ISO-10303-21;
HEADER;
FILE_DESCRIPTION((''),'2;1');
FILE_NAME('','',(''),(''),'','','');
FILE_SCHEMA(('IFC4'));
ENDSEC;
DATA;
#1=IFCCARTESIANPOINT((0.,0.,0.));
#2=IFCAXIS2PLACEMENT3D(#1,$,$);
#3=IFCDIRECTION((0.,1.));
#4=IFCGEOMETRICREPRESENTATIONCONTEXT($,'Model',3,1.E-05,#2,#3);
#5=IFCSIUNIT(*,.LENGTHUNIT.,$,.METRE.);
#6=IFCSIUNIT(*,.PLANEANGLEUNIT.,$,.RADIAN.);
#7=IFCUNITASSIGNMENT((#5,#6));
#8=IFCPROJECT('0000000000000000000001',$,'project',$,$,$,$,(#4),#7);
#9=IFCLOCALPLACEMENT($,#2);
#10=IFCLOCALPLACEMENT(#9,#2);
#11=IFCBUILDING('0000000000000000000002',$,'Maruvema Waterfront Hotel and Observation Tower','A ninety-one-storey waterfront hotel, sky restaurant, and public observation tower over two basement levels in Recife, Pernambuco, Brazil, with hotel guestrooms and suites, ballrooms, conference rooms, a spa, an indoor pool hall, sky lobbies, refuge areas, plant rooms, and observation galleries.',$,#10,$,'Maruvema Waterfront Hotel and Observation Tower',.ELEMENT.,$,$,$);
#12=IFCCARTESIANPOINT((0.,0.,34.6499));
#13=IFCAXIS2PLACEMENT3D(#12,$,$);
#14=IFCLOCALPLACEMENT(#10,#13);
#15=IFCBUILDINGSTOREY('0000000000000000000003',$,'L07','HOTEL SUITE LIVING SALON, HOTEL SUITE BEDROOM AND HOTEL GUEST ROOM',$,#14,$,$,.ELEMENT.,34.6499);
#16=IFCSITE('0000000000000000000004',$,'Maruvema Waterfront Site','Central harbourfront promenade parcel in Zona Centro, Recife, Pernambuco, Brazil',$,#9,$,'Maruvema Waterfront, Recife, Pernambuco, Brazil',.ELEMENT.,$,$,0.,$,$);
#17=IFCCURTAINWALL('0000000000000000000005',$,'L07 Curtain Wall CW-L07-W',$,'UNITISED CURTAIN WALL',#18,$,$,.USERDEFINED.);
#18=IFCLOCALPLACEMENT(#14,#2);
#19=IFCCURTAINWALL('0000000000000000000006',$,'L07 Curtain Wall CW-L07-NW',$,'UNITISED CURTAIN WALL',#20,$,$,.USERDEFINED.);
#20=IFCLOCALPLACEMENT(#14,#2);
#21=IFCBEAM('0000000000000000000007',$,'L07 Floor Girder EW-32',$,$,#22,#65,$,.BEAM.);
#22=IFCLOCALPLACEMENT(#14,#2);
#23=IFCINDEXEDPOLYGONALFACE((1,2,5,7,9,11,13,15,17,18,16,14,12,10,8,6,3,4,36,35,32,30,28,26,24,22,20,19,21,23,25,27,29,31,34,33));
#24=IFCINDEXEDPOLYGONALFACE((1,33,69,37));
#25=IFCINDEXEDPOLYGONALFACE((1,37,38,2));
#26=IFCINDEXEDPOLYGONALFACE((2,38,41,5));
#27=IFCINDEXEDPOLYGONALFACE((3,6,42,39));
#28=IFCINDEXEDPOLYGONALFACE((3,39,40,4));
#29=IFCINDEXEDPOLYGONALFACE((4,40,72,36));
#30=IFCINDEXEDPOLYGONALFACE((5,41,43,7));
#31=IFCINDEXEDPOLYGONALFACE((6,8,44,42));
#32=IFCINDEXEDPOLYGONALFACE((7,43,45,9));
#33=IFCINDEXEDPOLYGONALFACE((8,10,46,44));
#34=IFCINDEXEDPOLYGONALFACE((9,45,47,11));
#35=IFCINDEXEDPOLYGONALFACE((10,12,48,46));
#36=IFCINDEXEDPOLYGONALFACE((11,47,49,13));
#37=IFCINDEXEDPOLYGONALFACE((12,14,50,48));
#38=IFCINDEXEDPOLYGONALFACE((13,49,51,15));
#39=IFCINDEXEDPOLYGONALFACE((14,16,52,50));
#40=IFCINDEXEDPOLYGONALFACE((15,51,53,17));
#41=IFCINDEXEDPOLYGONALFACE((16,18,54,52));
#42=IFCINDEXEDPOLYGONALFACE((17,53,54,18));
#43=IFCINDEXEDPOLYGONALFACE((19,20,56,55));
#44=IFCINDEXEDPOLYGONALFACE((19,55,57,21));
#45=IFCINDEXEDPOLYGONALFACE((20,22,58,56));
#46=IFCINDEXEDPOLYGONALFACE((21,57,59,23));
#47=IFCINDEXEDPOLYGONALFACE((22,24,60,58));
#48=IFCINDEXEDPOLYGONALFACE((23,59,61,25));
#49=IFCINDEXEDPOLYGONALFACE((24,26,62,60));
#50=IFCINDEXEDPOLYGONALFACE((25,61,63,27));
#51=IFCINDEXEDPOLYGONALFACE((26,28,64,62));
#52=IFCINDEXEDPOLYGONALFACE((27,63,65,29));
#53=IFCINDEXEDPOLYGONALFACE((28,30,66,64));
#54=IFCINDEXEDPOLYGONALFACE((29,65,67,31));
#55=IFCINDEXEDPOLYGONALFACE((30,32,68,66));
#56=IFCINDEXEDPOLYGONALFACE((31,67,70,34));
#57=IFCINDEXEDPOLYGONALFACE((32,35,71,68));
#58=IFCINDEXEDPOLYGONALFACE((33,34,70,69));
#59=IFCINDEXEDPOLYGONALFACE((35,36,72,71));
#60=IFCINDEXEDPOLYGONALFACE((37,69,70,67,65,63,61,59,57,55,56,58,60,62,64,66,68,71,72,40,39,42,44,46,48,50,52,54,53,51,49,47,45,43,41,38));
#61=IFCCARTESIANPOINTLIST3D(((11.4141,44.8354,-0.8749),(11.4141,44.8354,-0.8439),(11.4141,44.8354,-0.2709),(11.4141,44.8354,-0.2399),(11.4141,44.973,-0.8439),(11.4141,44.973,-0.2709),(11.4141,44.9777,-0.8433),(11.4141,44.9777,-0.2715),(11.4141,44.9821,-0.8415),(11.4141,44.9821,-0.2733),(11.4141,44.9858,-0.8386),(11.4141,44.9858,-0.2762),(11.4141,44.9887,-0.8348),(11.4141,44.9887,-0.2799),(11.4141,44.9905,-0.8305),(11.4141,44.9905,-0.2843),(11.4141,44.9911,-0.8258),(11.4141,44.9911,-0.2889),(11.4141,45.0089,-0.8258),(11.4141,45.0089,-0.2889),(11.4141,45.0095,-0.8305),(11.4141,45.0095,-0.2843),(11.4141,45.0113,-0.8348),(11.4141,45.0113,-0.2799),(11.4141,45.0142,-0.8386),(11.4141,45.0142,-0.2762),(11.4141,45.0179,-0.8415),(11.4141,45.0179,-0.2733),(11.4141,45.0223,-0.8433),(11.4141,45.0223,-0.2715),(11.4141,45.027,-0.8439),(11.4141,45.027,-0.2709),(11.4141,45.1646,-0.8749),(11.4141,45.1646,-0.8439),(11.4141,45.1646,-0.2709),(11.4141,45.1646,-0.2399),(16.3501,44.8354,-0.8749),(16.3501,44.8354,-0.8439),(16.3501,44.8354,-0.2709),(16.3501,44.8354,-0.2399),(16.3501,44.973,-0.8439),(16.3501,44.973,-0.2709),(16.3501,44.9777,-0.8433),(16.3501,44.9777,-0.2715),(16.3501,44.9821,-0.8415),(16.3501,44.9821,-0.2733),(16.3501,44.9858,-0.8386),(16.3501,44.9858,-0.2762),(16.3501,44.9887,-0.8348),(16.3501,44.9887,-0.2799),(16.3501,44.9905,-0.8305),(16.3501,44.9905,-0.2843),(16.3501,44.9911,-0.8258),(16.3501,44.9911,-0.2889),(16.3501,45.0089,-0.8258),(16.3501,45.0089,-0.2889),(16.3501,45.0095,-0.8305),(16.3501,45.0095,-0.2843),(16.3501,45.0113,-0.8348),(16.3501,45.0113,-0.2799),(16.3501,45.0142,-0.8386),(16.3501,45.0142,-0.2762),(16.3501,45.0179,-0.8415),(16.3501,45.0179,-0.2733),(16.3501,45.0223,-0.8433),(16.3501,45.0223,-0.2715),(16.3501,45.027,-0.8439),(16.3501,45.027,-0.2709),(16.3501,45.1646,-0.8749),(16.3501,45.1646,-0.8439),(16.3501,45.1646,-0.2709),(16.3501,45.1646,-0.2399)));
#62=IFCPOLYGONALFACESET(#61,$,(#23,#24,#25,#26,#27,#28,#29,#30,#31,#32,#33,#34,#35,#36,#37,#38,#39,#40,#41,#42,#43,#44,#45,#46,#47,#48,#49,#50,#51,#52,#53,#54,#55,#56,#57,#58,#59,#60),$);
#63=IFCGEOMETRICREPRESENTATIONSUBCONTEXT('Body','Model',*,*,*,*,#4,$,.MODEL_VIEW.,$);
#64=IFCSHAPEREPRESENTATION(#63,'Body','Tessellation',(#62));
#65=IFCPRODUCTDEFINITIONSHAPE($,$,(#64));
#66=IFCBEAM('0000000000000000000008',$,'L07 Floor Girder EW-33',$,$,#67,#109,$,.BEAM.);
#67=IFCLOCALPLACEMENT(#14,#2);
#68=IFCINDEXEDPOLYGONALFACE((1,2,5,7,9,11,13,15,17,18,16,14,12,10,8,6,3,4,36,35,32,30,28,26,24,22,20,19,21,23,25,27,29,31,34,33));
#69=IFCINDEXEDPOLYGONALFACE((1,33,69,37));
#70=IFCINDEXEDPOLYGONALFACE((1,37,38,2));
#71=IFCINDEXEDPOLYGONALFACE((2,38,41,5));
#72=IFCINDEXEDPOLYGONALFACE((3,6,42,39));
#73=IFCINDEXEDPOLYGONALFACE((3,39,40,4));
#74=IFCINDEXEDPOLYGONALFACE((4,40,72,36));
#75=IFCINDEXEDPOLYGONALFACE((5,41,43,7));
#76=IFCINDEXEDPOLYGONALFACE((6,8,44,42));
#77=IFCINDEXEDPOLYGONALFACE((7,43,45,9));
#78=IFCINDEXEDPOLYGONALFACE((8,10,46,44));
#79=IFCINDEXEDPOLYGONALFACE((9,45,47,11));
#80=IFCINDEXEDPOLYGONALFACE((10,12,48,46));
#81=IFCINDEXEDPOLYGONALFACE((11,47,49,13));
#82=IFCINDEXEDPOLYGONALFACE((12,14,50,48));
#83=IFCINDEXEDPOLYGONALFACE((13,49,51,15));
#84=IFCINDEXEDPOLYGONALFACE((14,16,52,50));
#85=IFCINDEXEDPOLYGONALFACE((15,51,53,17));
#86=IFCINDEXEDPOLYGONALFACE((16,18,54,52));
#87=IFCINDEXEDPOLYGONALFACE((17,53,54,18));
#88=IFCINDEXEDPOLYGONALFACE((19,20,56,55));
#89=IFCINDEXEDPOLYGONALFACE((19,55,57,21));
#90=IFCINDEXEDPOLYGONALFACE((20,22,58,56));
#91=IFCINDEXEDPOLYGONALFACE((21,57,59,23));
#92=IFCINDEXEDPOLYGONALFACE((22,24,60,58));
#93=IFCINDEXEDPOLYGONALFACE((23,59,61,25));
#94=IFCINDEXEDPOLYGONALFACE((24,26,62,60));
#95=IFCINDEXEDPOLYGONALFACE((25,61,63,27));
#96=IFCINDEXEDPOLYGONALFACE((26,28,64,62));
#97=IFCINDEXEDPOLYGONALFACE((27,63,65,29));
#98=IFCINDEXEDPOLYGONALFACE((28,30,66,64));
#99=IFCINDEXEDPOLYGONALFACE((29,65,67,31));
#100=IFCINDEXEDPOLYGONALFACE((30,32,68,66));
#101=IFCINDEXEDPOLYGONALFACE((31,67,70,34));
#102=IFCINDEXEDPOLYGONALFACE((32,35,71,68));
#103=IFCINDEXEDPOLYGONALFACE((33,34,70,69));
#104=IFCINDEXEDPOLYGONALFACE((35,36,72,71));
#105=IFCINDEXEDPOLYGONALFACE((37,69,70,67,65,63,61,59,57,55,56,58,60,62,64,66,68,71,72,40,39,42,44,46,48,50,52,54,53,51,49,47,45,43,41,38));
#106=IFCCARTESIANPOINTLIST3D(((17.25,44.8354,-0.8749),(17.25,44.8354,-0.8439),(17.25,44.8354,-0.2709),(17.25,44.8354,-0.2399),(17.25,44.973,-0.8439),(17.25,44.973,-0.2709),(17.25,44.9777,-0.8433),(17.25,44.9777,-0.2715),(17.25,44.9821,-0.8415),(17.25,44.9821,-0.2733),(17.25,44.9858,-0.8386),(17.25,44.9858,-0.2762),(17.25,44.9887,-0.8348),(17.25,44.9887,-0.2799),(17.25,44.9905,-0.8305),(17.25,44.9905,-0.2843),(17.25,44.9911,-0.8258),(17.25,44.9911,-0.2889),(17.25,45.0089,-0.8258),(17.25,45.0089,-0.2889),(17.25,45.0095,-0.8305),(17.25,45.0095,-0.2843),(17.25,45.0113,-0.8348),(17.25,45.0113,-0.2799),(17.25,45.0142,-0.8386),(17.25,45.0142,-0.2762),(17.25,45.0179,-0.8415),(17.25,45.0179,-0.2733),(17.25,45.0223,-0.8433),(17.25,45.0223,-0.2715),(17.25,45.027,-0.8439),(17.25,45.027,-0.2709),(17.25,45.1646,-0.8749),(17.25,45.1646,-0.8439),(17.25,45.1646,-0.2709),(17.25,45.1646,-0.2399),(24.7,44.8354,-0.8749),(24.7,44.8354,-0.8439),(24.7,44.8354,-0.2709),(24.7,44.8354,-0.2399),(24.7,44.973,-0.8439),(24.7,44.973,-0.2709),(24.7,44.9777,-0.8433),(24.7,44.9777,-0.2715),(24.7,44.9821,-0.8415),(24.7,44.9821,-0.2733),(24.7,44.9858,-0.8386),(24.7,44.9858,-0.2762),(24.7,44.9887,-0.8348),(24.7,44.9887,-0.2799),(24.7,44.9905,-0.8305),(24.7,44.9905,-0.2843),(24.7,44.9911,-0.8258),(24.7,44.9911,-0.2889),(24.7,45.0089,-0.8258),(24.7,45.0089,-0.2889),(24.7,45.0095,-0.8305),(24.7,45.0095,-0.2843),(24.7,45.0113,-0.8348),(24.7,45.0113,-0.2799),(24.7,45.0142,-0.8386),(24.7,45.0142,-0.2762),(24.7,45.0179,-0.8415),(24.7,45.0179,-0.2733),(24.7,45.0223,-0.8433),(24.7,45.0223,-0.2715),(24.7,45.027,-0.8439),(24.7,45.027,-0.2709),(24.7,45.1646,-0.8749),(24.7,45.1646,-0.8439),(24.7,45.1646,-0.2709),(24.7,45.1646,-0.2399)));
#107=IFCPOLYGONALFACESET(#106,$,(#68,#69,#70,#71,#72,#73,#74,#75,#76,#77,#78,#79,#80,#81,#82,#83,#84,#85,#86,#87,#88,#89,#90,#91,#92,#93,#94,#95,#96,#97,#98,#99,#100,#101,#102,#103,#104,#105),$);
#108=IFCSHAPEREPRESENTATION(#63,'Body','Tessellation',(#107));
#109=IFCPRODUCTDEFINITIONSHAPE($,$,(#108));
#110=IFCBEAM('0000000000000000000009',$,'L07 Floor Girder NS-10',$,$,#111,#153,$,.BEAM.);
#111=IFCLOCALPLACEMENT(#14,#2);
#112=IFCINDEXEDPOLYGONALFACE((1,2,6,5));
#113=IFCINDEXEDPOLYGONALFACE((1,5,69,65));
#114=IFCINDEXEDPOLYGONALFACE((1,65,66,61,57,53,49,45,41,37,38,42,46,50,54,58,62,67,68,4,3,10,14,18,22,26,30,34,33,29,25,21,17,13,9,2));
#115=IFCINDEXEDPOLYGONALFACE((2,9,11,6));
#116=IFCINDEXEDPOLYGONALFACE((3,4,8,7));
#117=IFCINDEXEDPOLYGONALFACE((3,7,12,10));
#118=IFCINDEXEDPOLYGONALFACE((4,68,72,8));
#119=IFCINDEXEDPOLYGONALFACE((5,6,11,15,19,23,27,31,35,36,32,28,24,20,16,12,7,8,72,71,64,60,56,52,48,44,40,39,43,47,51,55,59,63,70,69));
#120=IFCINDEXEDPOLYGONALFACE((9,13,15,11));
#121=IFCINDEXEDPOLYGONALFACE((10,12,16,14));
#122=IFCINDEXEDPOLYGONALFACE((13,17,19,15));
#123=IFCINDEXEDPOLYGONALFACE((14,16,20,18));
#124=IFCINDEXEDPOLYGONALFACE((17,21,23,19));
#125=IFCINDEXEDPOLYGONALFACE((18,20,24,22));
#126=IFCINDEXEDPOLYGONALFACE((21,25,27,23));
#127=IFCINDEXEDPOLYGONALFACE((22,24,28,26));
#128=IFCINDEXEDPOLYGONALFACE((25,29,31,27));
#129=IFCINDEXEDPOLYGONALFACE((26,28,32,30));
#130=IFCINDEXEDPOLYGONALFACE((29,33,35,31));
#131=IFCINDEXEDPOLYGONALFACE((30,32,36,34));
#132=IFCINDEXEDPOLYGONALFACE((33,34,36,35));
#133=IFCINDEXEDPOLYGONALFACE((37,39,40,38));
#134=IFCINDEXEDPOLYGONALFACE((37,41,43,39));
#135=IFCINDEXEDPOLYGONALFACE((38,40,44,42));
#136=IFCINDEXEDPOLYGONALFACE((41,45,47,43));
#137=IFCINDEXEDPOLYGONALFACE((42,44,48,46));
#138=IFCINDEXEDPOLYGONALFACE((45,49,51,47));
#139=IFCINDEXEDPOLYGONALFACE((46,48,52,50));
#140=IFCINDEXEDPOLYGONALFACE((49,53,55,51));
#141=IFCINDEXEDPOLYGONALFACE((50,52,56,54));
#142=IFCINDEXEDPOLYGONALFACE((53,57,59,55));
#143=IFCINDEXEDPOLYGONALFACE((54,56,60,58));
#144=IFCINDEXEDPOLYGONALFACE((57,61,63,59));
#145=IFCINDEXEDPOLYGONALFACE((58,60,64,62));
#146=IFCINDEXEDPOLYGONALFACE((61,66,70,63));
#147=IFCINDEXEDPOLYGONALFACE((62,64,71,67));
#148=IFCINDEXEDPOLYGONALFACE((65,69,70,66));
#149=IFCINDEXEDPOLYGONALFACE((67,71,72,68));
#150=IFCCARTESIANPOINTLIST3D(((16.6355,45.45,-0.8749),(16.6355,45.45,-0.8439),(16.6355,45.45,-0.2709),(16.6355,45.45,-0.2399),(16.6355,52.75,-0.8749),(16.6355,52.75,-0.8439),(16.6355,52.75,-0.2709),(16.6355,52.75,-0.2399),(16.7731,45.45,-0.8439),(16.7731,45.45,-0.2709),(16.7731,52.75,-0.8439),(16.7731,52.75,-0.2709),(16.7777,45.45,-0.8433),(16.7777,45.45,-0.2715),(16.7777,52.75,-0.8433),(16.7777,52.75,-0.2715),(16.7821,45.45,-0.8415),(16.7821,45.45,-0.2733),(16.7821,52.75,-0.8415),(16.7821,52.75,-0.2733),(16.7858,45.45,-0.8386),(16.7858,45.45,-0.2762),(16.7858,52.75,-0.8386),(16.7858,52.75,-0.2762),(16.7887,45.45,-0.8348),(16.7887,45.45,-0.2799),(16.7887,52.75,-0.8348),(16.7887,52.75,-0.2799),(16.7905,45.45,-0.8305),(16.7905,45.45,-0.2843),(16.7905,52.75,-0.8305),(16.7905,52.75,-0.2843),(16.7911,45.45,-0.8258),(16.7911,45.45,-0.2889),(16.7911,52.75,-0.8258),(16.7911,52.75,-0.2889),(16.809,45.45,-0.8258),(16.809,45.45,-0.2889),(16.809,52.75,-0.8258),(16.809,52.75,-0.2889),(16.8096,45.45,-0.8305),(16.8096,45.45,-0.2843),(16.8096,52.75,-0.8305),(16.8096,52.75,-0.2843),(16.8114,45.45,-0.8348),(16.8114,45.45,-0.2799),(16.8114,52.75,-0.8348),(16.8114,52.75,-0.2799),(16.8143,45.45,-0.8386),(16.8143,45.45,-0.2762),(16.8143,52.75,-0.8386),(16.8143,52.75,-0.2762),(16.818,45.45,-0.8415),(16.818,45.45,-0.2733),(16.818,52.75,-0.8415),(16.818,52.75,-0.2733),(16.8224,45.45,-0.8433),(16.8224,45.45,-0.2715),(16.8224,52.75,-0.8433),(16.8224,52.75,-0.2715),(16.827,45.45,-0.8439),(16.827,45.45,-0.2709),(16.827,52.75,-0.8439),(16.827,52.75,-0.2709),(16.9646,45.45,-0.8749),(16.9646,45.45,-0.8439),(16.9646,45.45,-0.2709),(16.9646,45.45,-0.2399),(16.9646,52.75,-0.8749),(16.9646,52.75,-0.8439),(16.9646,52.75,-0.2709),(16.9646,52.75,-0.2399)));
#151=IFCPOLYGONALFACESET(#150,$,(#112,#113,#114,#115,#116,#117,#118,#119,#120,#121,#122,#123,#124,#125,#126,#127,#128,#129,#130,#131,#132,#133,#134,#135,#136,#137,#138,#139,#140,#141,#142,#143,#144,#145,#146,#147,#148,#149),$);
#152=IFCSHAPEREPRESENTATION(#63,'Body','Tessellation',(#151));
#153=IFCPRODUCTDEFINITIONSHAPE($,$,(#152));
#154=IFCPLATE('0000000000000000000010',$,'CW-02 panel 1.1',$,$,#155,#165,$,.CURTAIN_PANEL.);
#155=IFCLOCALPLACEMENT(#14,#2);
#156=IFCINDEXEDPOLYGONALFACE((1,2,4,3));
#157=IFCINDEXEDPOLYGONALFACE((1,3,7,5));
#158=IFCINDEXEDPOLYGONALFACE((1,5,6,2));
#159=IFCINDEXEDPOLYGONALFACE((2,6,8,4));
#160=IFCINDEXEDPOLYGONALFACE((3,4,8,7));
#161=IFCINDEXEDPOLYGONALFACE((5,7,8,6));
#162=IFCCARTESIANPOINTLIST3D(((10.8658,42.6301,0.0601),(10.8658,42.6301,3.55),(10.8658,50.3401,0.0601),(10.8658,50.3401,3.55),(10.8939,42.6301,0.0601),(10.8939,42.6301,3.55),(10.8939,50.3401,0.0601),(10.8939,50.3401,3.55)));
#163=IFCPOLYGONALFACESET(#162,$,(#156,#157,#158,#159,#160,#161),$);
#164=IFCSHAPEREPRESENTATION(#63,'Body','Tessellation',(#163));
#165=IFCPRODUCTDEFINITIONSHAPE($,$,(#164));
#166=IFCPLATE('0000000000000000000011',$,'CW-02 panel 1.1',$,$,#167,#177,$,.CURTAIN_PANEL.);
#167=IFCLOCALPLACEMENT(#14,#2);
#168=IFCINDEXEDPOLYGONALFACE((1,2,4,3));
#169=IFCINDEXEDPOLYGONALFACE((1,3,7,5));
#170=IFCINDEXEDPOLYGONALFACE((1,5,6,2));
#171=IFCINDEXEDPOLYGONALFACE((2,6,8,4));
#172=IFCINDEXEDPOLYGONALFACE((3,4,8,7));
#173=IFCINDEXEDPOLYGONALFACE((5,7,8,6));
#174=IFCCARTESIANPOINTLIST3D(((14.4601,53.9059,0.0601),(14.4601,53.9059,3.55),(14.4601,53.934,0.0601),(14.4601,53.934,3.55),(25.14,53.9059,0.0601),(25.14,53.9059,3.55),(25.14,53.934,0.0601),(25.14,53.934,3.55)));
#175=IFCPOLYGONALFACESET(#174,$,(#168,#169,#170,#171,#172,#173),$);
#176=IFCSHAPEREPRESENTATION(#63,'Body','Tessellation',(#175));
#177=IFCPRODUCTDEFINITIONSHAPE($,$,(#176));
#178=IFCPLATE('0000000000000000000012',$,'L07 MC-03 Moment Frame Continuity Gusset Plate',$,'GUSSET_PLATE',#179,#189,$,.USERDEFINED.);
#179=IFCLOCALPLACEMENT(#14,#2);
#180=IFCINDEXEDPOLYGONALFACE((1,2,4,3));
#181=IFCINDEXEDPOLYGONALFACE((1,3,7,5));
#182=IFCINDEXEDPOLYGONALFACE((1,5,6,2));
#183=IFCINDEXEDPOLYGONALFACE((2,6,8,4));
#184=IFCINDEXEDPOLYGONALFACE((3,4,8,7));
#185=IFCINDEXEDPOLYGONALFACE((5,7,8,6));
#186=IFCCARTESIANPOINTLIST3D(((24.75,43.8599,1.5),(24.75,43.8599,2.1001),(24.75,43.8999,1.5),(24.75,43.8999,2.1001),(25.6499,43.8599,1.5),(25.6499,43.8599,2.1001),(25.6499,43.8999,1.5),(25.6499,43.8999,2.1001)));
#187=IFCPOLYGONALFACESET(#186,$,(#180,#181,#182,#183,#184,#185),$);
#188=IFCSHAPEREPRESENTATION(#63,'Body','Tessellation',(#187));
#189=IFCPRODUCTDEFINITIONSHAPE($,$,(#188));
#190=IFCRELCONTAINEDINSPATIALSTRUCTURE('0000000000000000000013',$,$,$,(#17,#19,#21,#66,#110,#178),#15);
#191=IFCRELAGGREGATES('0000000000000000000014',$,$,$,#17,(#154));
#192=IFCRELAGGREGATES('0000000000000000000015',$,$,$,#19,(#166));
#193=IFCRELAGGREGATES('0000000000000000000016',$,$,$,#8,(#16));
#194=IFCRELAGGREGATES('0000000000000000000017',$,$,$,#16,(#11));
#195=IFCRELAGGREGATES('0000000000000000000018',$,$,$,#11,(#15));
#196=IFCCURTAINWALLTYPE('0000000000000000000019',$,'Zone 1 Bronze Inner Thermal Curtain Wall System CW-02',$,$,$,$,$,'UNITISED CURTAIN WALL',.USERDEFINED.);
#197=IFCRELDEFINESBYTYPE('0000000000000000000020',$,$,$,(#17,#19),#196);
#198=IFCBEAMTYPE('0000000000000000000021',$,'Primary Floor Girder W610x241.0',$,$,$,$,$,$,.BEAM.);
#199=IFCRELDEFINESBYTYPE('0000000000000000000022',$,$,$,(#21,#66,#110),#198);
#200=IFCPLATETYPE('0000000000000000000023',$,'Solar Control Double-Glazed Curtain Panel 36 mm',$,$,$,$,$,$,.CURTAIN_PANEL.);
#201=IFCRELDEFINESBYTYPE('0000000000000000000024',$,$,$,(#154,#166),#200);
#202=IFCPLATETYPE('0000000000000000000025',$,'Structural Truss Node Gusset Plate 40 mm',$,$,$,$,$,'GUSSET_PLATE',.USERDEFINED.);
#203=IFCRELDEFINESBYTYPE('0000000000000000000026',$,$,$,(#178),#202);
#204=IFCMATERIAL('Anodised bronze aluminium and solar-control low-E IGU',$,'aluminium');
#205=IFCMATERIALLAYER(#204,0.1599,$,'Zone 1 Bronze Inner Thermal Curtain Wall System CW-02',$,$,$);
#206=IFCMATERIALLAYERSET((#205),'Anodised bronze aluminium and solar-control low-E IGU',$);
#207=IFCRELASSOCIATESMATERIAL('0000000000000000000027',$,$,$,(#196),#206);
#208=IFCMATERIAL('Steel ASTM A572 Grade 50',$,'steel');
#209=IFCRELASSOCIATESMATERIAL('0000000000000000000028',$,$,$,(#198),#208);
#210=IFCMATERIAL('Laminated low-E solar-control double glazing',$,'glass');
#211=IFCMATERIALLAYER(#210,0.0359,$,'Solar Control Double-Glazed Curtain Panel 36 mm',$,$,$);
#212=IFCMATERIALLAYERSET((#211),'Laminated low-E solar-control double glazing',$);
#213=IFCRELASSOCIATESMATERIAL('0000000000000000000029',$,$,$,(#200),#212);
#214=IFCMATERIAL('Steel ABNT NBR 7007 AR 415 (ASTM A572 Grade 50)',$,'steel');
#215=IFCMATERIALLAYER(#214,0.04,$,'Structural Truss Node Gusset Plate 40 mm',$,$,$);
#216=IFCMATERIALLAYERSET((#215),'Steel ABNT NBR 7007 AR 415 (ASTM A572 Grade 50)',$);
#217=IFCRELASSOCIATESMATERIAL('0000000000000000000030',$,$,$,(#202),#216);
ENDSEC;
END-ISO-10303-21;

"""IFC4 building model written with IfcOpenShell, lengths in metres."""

from ifc_helpers import new_model, si_unit, direction, frame, origin, origin_2d, place, context, subcontext, project, spatial, rectangle, i_section, extrude, material, layer, layer_set, material_profile, profile_set, type_object, element, aggregate, save


model = new_model("IFC4")

# Units and contexts
model_context = context("Model", 3, precision=1e-05, world=origin(), true_north=direction((0.0, 1.0)))
body_context = subcontext(model_context, "Body", "Model", "MODEL_VIEW")
ifc_project = project(units=[si_unit("LENGTHUNIT", "METRE"), si_unit("PLANEANGLEUNIT", "RADIAN")], contexts=[model_context])

# Site, building, storey
site_placement = place(None, origin())
site = spatial("IfcSite", under=ifc_project, at=site_placement, Name="Maruvema Waterfront Site", Description="Central harbourfront promenade parcel in Zona Centro, Recife, Pernambuco, Brazil", LongName="Maruvema Waterfront, Recife, Pernambuco, Brazil", CompositionType="ELEMENT", RefElevation=0.0)
building_placement = place(site_placement, origin())
building = spatial("IfcBuilding", under=site, at=building_placement, Name="Maruvema Waterfront Hotel and Observation Tower", Description="A ninety-one-storey waterfront hotel, sky restaurant, and public observation tower over two basement levels in Recife, Pernambuco, Brazil, with hotel guestrooms and suites, ballrooms, conference rooms, a spa, an indoor pool hall, sky lobbies, refuge areas, plant rooms, and observation galleries.", LongName="Maruvema Waterfront Hotel and Observation Tower", CompositionType="ELEMENT")
storey_placement = place(building_placement, frame((0.0, 0.0, 34.6499)))
storey = spatial("IfcBuildingStorey", under=building, at=storey_placement, Name="L07", Description="HOTEL SUITE LIVING SALON, HOTEL SUITE BEDROOM AND HOTEL GUEST ROOM", CompositionType="ELEMENT", Elevation=34.6499)

# Curtain walls
ifc_material_1 = material(Name="Anodised bronze aluminium and solar-control low-E IGU", Category="aluminium")
ifc_layer_1 = layer(ifc_material_1, 0.1599, Name="Zone 1 Bronze Inner Thermal Curtain Wall System CW-02")
ifc_layer_set_1 = layer_set([ifc_layer_1], Name="Anodised bronze aluminium and solar-control low-E IGU")
curtain_wall_type = type_object("IfcCurtainWallType", Name="Zone 1 Bronze Inner Thermal Curtain Wall System CW-02", ElementType="UNITISED CURTAIN WALL", PredefinedType="USERDEFINED", material=ifc_layer_set_1)
curtain_wall_1_placement = place(storey_placement, origin())
curtain_wall_1 = element("IfcCurtainWall", 1, at=curtain_wall_1_placement, inside=storey, type_object=curtain_wall_type, Name="L07 Curtain Wall CW-L07-W", ObjectType="UNITISED CURTAIN WALL", PredefinedType="USERDEFINED")
curtain_wall_2_placement = place(storey_placement, origin())
curtain_wall_2 = element("IfcCurtainWall", 2, at=curtain_wall_2_placement, inside=storey, type_object=curtain_wall_type, Name="L07 Curtain Wall CW-L07-NW", ObjectType="UNITISED CURTAIN WALL", PredefinedType="USERDEFINED")

# Beams
ifc_material_2 = material(Name="Steel ASTM A572 Grade 50", Category="steel")
ifc_material_profile_1 = material_profile(ifc_material_2, i_section(OverallWidth=0.3291, OverallDepth=0.635, WebThickness=0.0178, FlangeThickness=0.031, FilletRadius=0.0181, at=origin_2d()), Name="W610x241.0")
ifc_profile_set_1 = profile_set([ifc_material_profile_1], Name="Steel ASTM A572 Grade 50")
beam_type = type_object("IfcBeamType", Name="Primary Floor Girder W610x241.0", PredefinedType="BEAM", material=ifc_profile_set_1)
beam_1_placement = place(storey_placement, frame((11.4141, 45.0, -0.5574), z_axis=(1.0, 0.0, 0.0), x_axis=(0.0, 1.0, 0.0)))
element("IfcBeam", 3, at=beam_1_placement, inside=storey, type_object=beam_type, Name="L07 Floor Girder EW-32", PredefinedType="BEAM", context=body_context, shape_type="SweptSolid", body=[
    extrude(i_section(OverallWidth=0.3291, OverallDepth=0.635, WebThickness=0.0178, FlangeThickness=0.031, FilletRadius=0.0181, at=origin_2d()), origin(), (0.0, 0.0, 1.0), 4.936),
])
beam_2_placement = place(storey_placement, frame((17.25, 45.0, -0.5574), z_axis=(1.0, 0.0, 0.0), x_axis=(0.0, 1.0, 0.0)))
element("IfcBeam", 4, at=beam_2_placement, inside=storey, type_object=beam_type, Name="L07 Floor Girder EW-33", PredefinedType="BEAM", context=body_context, shape_type="SweptSolid", body=[
    extrude(i_section(OverallWidth=0.3291, OverallDepth=0.635, WebThickness=0.0178, FlangeThickness=0.031, FilletRadius=0.0181, at=origin_2d()), origin(), (0.0, 0.0, 1.0), 7.45),
])
beam_3_placement = place(storey_placement, frame((16.8, 45.45, -0.5574), z_axis=(0.0, 1.0, 0.0), x_axis=(-1.0, 0.0, 0.0)))
element("IfcBeam", 5, at=beam_3_placement, inside=storey, type_object=beam_type, Name="L07 Floor Girder NS-10", PredefinedType="BEAM", context=body_context, shape_type="SweptSolid", body=[
    extrude(i_section(OverallWidth=0.3291, OverallDepth=0.635, WebThickness=0.0178, FlangeThickness=0.031, FilletRadius=0.0181, at=origin_2d()), origin(), (0.0, 0.0, 1.0), 7.3),
])

# Plates
ifc_material_3 = material(Name="Laminated low-E solar-control double glazing", Category="glass")
ifc_layer_2 = layer(ifc_material_3, 0.0359, Name="Solar Control Double-Glazed Curtain Panel 36 mm")
ifc_layer_set_2 = layer_set([ifc_layer_2], Name="Laminated low-E solar-control double glazing")
plate_type_1 = type_object("IfcPlateType", Name="Solar Control Double-Glazed Curtain Panel 36 mm", PredefinedType="CURTAIN_PANEL", material=ifc_layer_set_2)
plate_1_placement = place(storey_placement, frame((10.8799, 46.4851, 0.0601), z_axis=(0.0, 0.0, 1.0), x_axis=(0.0, -1.0, 0.0)))
plate_1 = element("IfcPlate", 6, at=plate_1_placement, type_object=plate_type_1, Name="CW-02 panel 1.1", PredefinedType="CURTAIN_PANEL", context=body_context, shape_type="SweptSolid", body=[
    extrude(rectangle(XDim=7.71, YDim=0.0281, at=origin_2d()), origin(), (0.0, 0.0, 1.0), 3.49),
])
aggregate(curtain_wall_1, [plate_1])
plate_2_placement = place(storey_placement, frame((19.8, 53.9199, 0.0601), z_axis=(0.0, 0.0, 1.0), x_axis=(-1.0, 0.0, 0.0)))
plate_2 = element("IfcPlate", 7, at=plate_2_placement, type_object=plate_type_1, Name="CW-02 panel 1.1", PredefinedType="CURTAIN_PANEL", context=body_context, shape_type="SweptSolid", body=[
    extrude(rectangle(XDim=10.6799, YDim=0.0281, at=origin_2d()), origin(), (0.0, 0.0, 1.0), 3.49),
])
aggregate(curtain_wall_2, [plate_2])
ifc_material_4 = material(Name="Steel ABNT NBR 7007 AR 415 (ASTM A572 Grade 50)", Category="steel")
ifc_layer_3 = layer(ifc_material_4, 0.04, Name="Structural Truss Node Gusset Plate 40 mm")
ifc_layer_set_3 = layer_set([ifc_layer_3], Name="Steel ABNT NBR 7007 AR 415 (ASTM A572 Grade 50)")
plate_type_2 = type_object("IfcPlateType", Name="Structural Truss Node Gusset Plate 40 mm", ElementType="GUSSET_PLATE", PredefinedType="USERDEFINED", material=ifc_layer_set_3)
plate_3_placement = place(storey_placement, frame((25.2, 43.8799, 1.5), z_axis=(0.0, 0.0, 1.0), x_axis=(1.0, 0.0, 0.0)))
element("IfcPlate", 8, at=plate_3_placement, inside=storey, type_object=plate_type_2, Name="L07 MC-03 Moment Frame Continuity Gusset Plate", ObjectType="GUSSET_PLATE", PredefinedType="USERDEFINED", context=body_context, shape_type="SweptSolid", body=[
    extrude(rectangle(XDim=0.8999, YDim=0.04, at=origin_2d()), origin(), (0.0, 0.0, 1.0), 0.6001),
])

save(model, "model.ifc")
